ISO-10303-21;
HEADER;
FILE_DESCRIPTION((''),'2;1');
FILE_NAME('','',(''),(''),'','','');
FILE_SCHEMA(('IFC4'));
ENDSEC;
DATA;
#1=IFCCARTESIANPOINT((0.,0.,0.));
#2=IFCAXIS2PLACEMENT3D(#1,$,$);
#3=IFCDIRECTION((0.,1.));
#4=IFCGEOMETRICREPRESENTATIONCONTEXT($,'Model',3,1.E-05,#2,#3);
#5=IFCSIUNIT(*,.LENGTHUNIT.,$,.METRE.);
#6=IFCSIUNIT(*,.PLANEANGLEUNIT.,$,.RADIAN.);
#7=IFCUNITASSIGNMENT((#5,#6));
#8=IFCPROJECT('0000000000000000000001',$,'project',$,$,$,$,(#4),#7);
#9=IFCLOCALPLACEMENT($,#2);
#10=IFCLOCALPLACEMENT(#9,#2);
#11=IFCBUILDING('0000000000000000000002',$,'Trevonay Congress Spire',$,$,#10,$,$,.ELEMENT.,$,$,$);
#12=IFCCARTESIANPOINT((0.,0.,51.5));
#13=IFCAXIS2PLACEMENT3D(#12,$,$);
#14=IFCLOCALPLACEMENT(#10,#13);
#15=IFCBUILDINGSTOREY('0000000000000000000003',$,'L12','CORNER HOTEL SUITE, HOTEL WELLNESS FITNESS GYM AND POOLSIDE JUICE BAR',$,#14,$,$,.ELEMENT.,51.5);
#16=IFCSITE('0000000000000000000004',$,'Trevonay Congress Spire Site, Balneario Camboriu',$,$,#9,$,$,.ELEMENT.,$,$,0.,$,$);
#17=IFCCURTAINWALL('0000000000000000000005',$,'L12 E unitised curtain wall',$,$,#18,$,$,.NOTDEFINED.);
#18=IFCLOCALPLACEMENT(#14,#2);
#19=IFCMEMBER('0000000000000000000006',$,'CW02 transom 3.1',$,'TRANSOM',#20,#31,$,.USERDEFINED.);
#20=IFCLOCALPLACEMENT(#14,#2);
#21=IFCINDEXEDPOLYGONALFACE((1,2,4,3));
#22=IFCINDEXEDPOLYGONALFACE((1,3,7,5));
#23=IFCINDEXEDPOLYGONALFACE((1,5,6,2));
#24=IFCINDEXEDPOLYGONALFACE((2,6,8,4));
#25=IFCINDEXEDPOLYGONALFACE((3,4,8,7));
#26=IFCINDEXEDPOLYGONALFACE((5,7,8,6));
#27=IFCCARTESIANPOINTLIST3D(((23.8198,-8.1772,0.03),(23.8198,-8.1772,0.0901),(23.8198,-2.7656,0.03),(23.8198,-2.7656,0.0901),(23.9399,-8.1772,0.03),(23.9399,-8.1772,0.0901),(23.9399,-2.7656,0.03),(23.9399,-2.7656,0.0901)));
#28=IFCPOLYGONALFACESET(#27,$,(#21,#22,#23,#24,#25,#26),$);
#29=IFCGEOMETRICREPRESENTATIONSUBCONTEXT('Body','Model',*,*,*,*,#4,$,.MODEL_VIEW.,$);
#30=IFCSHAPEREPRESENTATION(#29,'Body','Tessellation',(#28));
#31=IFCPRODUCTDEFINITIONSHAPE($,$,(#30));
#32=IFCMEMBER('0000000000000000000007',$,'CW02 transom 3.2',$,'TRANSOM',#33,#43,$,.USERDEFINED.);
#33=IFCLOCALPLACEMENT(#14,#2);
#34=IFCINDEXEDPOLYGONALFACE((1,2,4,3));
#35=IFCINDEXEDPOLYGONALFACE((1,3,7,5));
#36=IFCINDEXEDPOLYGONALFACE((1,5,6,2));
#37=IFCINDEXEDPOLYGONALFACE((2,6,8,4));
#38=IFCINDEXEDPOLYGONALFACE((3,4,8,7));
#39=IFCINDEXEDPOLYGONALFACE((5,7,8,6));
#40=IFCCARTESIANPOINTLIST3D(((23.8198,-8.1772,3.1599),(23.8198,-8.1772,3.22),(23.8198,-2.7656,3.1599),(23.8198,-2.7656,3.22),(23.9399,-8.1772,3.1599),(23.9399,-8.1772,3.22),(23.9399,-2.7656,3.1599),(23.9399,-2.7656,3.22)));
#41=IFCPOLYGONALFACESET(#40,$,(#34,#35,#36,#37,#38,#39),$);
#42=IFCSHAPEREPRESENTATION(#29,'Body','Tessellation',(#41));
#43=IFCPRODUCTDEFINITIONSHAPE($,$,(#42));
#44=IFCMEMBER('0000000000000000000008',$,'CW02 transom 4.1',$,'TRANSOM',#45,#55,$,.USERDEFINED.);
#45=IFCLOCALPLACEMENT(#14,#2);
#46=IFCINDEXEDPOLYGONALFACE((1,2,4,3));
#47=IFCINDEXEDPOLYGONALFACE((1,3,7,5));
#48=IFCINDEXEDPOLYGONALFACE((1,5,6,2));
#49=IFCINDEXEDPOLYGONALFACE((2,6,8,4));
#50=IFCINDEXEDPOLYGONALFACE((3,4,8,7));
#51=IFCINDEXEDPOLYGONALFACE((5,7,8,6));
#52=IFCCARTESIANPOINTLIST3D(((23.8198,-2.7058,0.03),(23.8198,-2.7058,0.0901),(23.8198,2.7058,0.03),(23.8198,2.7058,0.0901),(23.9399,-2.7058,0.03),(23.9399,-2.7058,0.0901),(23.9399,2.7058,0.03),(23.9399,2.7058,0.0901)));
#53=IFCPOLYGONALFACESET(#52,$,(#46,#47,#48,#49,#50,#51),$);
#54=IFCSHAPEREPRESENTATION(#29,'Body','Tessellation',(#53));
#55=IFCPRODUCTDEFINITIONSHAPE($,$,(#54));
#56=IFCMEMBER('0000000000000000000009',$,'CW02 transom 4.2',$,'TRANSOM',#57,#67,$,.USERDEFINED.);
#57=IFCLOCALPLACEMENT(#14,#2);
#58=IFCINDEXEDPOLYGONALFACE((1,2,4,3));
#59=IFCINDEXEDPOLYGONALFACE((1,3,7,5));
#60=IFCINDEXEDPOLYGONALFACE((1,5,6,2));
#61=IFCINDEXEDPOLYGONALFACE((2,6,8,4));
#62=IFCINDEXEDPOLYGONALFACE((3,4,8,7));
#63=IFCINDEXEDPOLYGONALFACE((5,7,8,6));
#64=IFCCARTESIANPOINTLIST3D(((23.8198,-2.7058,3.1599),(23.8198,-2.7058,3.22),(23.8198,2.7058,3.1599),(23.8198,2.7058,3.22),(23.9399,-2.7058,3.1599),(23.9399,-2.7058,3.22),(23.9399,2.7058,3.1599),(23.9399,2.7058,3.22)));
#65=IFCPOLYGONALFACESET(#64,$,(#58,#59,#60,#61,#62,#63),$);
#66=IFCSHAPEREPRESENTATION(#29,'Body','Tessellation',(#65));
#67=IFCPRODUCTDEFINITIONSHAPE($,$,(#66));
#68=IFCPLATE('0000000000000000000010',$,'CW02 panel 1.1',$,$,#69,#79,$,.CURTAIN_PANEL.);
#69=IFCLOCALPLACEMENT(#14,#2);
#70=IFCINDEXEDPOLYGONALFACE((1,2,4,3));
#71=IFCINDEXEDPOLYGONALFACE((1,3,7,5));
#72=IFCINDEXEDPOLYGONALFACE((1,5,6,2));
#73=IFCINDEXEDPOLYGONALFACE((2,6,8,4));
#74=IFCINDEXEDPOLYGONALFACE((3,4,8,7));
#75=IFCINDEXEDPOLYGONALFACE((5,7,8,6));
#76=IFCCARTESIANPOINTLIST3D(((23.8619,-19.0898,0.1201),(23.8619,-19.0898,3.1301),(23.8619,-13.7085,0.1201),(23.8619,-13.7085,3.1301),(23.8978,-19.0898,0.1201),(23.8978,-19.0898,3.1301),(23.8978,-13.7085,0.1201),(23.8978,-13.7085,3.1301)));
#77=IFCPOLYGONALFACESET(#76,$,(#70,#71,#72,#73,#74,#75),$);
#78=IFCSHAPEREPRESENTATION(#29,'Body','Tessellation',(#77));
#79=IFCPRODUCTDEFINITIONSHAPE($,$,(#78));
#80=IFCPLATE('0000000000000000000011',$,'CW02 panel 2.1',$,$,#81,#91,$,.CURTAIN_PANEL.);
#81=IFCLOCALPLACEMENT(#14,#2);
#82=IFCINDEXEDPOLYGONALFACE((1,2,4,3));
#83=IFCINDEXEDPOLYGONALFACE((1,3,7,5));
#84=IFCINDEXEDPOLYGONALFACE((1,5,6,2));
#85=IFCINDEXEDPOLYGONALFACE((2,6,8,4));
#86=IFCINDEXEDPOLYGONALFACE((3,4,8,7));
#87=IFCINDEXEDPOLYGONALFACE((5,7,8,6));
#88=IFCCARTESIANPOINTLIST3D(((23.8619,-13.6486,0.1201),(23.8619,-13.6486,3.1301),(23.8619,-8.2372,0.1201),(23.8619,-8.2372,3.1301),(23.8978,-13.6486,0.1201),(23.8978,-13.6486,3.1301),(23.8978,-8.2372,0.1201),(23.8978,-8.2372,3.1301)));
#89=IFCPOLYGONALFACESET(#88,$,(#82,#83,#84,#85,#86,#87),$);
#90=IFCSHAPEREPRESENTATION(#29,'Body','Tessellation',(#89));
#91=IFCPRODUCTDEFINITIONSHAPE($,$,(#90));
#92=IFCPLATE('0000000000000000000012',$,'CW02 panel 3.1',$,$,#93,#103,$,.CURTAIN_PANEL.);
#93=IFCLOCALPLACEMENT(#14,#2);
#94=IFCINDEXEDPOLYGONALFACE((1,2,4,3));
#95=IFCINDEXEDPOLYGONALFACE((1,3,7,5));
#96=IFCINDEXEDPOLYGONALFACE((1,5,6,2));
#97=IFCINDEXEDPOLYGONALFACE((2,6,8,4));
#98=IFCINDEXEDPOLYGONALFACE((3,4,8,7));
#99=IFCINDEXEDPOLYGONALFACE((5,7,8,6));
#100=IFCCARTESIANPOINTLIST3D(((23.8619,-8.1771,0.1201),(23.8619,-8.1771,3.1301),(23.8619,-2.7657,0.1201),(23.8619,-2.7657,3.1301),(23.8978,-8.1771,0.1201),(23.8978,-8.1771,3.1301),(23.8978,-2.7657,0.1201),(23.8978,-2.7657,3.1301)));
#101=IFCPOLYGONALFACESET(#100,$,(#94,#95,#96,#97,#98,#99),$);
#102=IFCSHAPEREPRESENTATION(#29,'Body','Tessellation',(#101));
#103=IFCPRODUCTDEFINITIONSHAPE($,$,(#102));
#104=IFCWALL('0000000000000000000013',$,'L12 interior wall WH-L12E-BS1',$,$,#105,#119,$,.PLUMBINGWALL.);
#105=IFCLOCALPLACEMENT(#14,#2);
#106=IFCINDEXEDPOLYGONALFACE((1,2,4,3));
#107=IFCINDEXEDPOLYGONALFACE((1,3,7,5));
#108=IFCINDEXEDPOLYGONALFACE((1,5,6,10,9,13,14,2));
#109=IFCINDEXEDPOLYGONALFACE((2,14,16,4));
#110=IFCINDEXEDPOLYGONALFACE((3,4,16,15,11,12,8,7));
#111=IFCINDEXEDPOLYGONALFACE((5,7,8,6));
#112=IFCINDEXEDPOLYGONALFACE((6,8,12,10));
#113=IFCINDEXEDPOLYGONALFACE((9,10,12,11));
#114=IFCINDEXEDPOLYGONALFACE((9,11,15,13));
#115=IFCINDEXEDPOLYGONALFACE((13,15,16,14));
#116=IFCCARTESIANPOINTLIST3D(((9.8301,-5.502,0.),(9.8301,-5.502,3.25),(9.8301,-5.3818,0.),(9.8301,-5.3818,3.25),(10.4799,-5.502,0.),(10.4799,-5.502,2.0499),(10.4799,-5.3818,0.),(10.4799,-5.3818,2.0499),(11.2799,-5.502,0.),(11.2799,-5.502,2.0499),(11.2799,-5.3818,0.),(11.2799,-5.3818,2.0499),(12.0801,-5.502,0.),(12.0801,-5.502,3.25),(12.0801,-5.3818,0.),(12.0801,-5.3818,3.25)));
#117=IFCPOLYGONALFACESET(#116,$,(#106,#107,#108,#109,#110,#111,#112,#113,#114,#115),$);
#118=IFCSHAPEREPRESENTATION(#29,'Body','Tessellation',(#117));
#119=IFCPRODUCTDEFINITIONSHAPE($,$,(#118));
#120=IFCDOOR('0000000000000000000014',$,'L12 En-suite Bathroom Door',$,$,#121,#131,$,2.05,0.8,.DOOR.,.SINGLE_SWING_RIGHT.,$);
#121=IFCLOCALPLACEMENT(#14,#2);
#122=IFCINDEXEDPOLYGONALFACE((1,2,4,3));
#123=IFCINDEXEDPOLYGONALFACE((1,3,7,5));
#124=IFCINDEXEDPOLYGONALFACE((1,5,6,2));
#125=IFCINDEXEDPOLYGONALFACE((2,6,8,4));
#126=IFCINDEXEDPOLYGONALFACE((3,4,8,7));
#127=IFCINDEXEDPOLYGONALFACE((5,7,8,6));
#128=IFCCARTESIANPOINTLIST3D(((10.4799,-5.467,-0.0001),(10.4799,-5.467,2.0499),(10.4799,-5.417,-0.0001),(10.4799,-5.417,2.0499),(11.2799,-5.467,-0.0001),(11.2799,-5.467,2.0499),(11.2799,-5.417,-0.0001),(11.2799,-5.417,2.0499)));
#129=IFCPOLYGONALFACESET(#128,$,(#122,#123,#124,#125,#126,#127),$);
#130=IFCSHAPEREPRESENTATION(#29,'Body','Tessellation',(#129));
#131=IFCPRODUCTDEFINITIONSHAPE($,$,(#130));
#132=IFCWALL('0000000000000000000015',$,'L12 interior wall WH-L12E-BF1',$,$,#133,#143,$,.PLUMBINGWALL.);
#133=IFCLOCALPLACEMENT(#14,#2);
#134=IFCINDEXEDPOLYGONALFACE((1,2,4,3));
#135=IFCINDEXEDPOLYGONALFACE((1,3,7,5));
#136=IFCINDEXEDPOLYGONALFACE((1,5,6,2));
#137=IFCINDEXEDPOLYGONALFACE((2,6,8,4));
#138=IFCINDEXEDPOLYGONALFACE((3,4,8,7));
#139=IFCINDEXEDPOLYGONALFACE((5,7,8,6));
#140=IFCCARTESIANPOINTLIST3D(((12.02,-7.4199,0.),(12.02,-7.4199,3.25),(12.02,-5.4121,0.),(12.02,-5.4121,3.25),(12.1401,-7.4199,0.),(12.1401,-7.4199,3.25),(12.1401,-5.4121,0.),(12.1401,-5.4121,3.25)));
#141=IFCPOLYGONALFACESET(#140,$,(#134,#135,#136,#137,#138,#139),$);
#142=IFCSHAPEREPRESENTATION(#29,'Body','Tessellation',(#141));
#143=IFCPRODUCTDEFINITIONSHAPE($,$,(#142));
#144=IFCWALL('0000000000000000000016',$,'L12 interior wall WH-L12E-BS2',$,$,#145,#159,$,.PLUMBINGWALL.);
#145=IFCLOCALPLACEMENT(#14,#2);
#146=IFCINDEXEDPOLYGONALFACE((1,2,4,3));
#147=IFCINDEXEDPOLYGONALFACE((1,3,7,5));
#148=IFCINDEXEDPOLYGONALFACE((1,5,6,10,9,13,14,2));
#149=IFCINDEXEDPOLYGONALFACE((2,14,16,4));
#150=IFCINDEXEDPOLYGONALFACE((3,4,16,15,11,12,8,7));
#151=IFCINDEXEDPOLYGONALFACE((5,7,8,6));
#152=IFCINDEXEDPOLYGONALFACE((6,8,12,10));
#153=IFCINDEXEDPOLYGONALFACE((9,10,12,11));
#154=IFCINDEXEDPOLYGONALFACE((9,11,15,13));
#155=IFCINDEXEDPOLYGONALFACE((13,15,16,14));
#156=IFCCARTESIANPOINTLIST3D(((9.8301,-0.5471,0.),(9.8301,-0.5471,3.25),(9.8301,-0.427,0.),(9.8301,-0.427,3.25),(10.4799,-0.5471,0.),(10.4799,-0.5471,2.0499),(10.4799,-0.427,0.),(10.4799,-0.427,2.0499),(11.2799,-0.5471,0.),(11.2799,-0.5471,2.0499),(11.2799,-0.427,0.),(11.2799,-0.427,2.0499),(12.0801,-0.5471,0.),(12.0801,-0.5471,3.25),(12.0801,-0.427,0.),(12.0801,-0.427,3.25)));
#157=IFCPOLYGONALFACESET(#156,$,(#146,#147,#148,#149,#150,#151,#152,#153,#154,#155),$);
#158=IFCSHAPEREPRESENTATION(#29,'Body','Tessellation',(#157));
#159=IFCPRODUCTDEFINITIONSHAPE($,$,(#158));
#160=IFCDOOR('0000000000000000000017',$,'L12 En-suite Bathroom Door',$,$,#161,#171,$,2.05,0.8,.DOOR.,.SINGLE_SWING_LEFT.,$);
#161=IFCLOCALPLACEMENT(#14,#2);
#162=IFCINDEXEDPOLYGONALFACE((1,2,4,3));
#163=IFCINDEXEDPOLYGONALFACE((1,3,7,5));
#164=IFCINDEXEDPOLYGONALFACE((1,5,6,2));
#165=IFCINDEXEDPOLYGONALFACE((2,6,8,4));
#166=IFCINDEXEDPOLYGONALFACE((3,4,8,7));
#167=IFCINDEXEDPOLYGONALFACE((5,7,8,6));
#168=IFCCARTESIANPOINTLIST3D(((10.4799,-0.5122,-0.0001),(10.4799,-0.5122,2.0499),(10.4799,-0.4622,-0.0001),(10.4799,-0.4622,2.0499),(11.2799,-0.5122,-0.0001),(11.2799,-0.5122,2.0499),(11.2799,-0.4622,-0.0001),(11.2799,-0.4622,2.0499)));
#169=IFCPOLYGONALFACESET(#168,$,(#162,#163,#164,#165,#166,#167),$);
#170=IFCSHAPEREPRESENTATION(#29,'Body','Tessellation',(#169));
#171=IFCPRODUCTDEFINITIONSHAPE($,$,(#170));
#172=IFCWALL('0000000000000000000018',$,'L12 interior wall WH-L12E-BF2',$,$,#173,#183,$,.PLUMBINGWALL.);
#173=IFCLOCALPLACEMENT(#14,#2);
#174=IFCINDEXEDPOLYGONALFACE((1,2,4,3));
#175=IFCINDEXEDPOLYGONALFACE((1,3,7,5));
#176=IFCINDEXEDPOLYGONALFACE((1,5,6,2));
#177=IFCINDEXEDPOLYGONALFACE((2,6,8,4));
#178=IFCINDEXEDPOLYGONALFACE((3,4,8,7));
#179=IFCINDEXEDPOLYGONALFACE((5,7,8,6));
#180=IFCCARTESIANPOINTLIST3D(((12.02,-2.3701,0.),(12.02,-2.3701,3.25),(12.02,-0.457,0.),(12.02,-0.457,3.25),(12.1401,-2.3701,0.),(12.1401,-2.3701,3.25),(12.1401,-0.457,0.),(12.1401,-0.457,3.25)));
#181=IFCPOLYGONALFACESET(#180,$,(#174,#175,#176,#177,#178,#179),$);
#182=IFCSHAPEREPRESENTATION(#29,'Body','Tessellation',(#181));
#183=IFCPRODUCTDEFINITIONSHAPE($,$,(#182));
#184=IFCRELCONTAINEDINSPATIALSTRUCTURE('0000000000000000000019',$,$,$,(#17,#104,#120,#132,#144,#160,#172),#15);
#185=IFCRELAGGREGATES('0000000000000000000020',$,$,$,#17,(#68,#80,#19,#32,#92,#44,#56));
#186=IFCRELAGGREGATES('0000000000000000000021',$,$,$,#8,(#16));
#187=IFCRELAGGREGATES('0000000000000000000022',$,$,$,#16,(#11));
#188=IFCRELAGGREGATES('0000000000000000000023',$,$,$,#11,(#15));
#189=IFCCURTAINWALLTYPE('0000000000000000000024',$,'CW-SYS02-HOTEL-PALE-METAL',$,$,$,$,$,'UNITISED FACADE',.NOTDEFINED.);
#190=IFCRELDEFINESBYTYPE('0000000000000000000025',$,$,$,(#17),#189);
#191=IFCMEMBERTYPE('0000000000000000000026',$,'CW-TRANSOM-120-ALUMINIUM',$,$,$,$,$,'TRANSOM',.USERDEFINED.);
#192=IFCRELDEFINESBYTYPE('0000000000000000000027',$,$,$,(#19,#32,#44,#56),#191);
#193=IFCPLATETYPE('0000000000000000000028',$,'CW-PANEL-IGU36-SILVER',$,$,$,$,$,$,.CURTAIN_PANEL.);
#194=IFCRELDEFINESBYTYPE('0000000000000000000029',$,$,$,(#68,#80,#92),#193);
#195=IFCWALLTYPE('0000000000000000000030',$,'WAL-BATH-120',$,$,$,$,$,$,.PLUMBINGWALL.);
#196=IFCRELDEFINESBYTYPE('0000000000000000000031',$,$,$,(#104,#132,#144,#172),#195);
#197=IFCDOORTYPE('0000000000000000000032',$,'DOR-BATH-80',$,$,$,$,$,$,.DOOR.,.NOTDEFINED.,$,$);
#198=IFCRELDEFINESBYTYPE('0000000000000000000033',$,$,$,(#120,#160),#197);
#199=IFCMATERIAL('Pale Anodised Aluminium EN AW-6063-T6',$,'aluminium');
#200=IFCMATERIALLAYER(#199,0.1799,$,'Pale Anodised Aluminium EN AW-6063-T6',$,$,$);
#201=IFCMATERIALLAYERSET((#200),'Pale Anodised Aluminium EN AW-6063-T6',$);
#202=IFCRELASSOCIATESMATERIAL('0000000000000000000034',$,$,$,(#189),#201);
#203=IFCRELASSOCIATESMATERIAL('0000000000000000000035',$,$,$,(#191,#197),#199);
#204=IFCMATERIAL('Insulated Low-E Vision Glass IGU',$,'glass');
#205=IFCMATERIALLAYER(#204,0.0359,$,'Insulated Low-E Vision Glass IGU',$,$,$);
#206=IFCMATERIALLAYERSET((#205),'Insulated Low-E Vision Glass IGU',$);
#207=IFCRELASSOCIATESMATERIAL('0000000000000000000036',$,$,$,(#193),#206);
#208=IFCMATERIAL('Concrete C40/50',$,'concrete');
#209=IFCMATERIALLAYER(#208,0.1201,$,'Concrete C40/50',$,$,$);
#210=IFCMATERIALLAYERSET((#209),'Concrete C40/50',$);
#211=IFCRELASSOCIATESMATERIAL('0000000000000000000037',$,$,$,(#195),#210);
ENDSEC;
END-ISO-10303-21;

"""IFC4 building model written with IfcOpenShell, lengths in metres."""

from ifc_helpers import new_model, si_unit, direction, frame, frame_2d, origin, origin_2d, place, context, subcontext, project, spatial, rectangle, extrude, material, layer, layer_set, material_profile, profile_set, type_object, element, fill, aggregate, save


model = new_model("IFC4")

# Units and contexts
model_context = context("Model", 3, precision=1e-05, world=origin(), true_north=direction((0.0, 1.0)))
body_context = subcontext(model_context, "Body", "Model", "MODEL_VIEW")
ifc_project = project(units=[si_unit("LENGTHUNIT", "METRE"), si_unit("PLANEANGLEUNIT", "RADIAN")], contexts=[model_context])

# Site, building, storey
site_placement = place(None, origin())
site = spatial("IfcSite", under=ifc_project, at=site_placement, Name="Trevonay Congress Spire Site, Balneario Camboriu", CompositionType="ELEMENT", RefElevation=0.0)
building_placement = place(site_placement, origin())
building = spatial("IfcBuilding", under=site, at=building_placement, Name="Trevonay Congress Spire", CompositionType="ELEMENT")
storey_placement = place(building_placement, frame((0.0, 0.0, 51.5)))
storey = spatial("IfcBuildingStorey", under=building, at=storey_placement, Name="L12", Description="CORNER HOTEL SUITE, HOTEL WELLNESS FITNESS GYM AND POOLSIDE JUICE BAR", CompositionType="ELEMENT", Elevation=51.5)

# Curtain wall, members, plates
ifc_material_1 = material(Name="Pale Anodised Aluminium EN AW-6063-T6", Category="aluminium")
ifc_layer_1 = layer(ifc_material_1, 0.1799, Name="Pale Anodised Aluminium EN AW-6063-T6")
ifc_layer_set_1 = layer_set([ifc_layer_1], Name="Pale Anodised Aluminium EN AW-6063-T6")
curtain_wall_type = type_object("IfcCurtainWallType", Name="CW-SYS02-HOTEL-PALE-METAL", ElementType="UNITISED FACADE", PredefinedType="NOTDEFINED", material=ifc_layer_set_1)
curtain_wall_placement = place(storey_placement, origin())
curtain_wall = element("IfcCurtainWall", 1, at=curtain_wall_placement, inside=storey, type_object=curtain_wall_type, Name="L12 E unitised curtain wall", PredefinedType="NOTDEFINED")
ifc_material_profile_1 = material_profile(ifc_material_1, rectangle(XDim=0.1201, YDim=0.0601, at=origin_2d()), Name="CW-TRANSOM-120-ALUMINIUM")
ifc_profile_set_1 = profile_set([ifc_material_profile_1], Name="Pale Anodised Aluminium EN AW-6063-T6")
member_type_1 = type_object("IfcMemberType", Name="CW-TRANSOM-120-ALUMINIUM", ElementType="TRANSOM", PredefinedType="USERDEFINED", material=ifc_profile_set_1)
member_1_placement = place(storey_placement, frame((23.8799, -8.1772, 0.0601), z_axis=(0.0, 1.0, 0.0), x_axis=(-1.0, 0.0, 0.0)))
member_1 = element("IfcMember", 2, at=member_1_placement, type_object=member_type_1, Name="CW02 transom 3.1", ObjectType="TRANSOM", PredefinedType="USERDEFINED", context=body_context, shape_type="SweptSolid", body=[
    extrude(rectangle(XDim=0.1201, YDim=0.0601, at=origin_2d()), origin(), (0.0, 0.0, 1.0), 5.4116),
])
member_2_placement = place(storey_placement, frame((23.8799, -8.1772, 3.1899), z_axis=(0.0, 1.0, 0.0), x_axis=(-1.0, 0.0, 0.0)))
member_2 = element("IfcMember", 3, at=member_2_placement, type_object=member_type_1, Name="CW02 transom 3.2", ObjectType="TRANSOM", PredefinedType="USERDEFINED", context=body_context, shape_type="SweptSolid", body=[
    extrude(rectangle(XDim=0.1201, YDim=0.0601, at=origin_2d()), origin(), (0.0, 0.0, 1.0), 5.4116),
])
member_3_placement = place(storey_placement, frame((23.8799, -2.7058, 0.0601), z_axis=(0.0, 1.0, 0.0), x_axis=(-1.0, 0.0, 0.0)))
member_3 = element("IfcMember", 4, at=member_3_placement, type_object=member_type_1, Name="CW02 transom 4.1", ObjectType="TRANSOM", PredefinedType="USERDEFINED", context=body_context, shape_type="SweptSolid", body=[
    extrude(rectangle(XDim=0.1201, YDim=0.0601, at=origin_2d()), origin(), (0.0, 0.0, 1.0), 5.4116),
])
member_4_placement = place(storey_placement, frame((23.8799, -2.7058, 3.1899), z_axis=(0.0, 1.0, 0.0), x_axis=(-1.0, 0.0, 0.0)))
member_4 = element("IfcMember", 5, at=member_4_placement, type_object=member_type_1, Name="CW02 transom 4.2", ObjectType="TRANSOM", PredefinedType="USERDEFINED", context=body_context, shape_type="SweptSolid", body=[
    extrude(rectangle(XDim=0.1201, YDim=0.0601, at=origin_2d()), origin(), (0.0, 0.0, 1.0), 5.4116),
])
ifc_material_2 = material(Name="Insulated Low-E Vision Glass IGU", Category="glass")
ifc_layer_2 = layer(ifc_material_2, 0.0359, Name="Insulated Low-E Vision Glass IGU")
ifc_layer_set_2 = layer_set([ifc_layer_2], Name="Insulated Low-E Vision Glass IGU")
plate_type = type_object("IfcPlateType", Name="CW-PANEL-IGU36-SILVER", PredefinedType="CURTAIN_PANEL", material=ifc_layer_set_2)
plate_1_placement = place(storey_placement, frame((23.8799, -16.3992, 0.1201), z_axis=(0.0, 0.0, 1.0), x_axis=(0.0, 1.0, 0.0)))
plate_1 = element("IfcPlate", 6, at=plate_1_placement, type_object=plate_type, Name="CW02 panel 1.1", PredefinedType="CURTAIN_PANEL", context=body_context, shape_type="SweptSolid", body=[
    extrude(rectangle(XDim=5.3813, YDim=0.0359, at=origin_2d()), origin(), (0.0, 0.0, 1.0), 3.01),
])
plate_2_placement = place(storey_placement, frame((23.8799, -10.9429, 0.1201), z_axis=(0.0, 0.0, 1.0), x_axis=(0.0, 1.0, 0.0)))
plate_2 = element("IfcPlate", 7, at=plate_2_placement, type_object=plate_type, Name="CW02 panel 2.1", PredefinedType="CURTAIN_PANEL", context=body_context, shape_type="SweptSolid", body=[
    extrude(rectangle(XDim=5.4114, YDim=0.0359, at=origin_2d()), origin(), (0.0, 0.0, 1.0), 3.01),
])
plate_3_placement = place(storey_placement, frame((23.8799, -5.4714, 0.1201), z_axis=(0.0, 0.0, 1.0), x_axis=(0.0, 1.0, 0.0)))
plate_3 = element("IfcPlate", 8, at=plate_3_placement, type_object=plate_type, Name="CW02 panel 3.1", PredefinedType="CURTAIN_PANEL", context=body_context, shape_type="SweptSolid", body=[
    extrude(rectangle(XDim=5.4114, YDim=0.0359, at=origin_2d()), origin(), (0.0, 0.0, 1.0), 3.01),
])
aggregate(curtain_wall, [plate_1, plate_2, member_1, member_2, plate_3, member_3, member_4])

# Wall, opening, door
ifc_material_3 = material(Name="Concrete C40/50", Category="concrete")
ifc_layer_3 = layer(ifc_material_3, 0.1201, Name="Concrete C40/50")
ifc_layer_set_3 = layer_set([ifc_layer_3], Name="Concrete C40/50")
wall_type_1 = type_object("IfcWallType", Name="WAL-BATH-120", PredefinedType="PLUMBINGWALL", material=ifc_layer_set_3)
wall_1_placement = place(storey_placement, frame((9.8301, -5.4419, 0.0), z_axis=(0.0, 0.0, 1.0), x_axis=(1.0, 0.0, 0.0)))
wall_1 = element("IfcWall", 9, at=wall_1_placement, inside=storey, type_object=wall_type_1, Name="L12 interior wall WH-L12E-BS1", PredefinedType="PLUMBINGWALL", context=body_context, shape_type="SweptSolid", body=[
    extrude(rectangle(XDim=2.25, YDim=0.1201, at=frame_2d((1.125, 0.0))), origin(), (0.0, 0.0, 1.0), 3.25),
])
opening_1_placement = place(wall_1_placement, frame((0.6499, 0.0, 0.0)))
opening_1 = element("IfcOpeningElement", 10, at=opening_1_placement, cuts=wall_1, PredefinedType="OPENING", context=body_context, shape_type="SweptSolid", body=[
    extrude(rectangle(XDim=0.8, YDim=2.05, at=frame_2d((0.3999, 1.0249))), frame((0.0, 0.0701, 0.0), z_axis=(0.0, -1.0, 0.0), x_axis=(1.0, 0.0, 0.0)), (0.0, 0.0, 1.0), 0.1401),
])
door_type_1 = type_object("IfcDoorType", Name="DOR-BATH-80", OperationType="NOTDEFINED", PredefinedType="DOOR", material=ifc_material_1)
door_1_placement = place(opening_1_placement, origin())
door_1 = element("IfcDoor", 11, at=door_1_placement, inside=storey, type_object=door_type_1, Name="L12 En-suite Bathroom Door", OperationType="SINGLE_SWING_RIGHT", OverallHeight=2.05, OverallWidth=0.8, PredefinedType="DOOR", context=body_context, shape_type="SweptSolid", body=[
    extrude(rectangle(XDim=0.8, YDim=2.05, at=frame_2d((0.3999, 1.0249))), frame((0.0, 0.0249, 0.0), z_axis=(0.0, -1.0, 0.0), x_axis=(1.0, 0.0, 0.0)), (0.0, 0.0, 1.0), 0.05),
])
fill(opening_1, door_1)

# Wall
wall_2_placement = place(storey_placement, frame((12.0801, -7.4199, 0.0), z_axis=(0.0, 0.0, 1.0), x_axis=(0.0, 1.0, 0.0)))
element("IfcWall", 12, at=wall_2_placement, inside=storey, type_object=wall_type_1, Name="L12 interior wall WH-L12E-BF1", PredefinedType="PLUMBINGWALL", context=body_context, shape_type="SweptSolid", body=[
    extrude(rectangle(XDim=2.0078, YDim=0.1201, at=frame_2d((1.0039, 0.0))), origin(), (0.0, 0.0, 1.0), 3.25),
])

# Wall, opening, door
wall_3_placement = place(storey_placement, frame((9.8301, -0.4871, 0.0), z_axis=(0.0, 0.0, 1.0), x_axis=(1.0, 0.0, 0.0)))
wall_3 = element("IfcWall", 13, at=wall_3_placement, inside=storey, type_object=wall_type_1, Name="L12 interior wall WH-L12E-BS2", PredefinedType="PLUMBINGWALL", context=body_context, shape_type="SweptSolid", body=[
    extrude(rectangle(XDim=2.25, YDim=0.1201, at=frame_2d((1.125, 0.0))), origin(), (0.0, 0.0, 1.0), 3.25),
])
opening_2_placement = place(wall_3_placement, frame((0.6499, 0.0, 0.0)))
opening_2 = element("IfcOpeningElement", 14, at=opening_2_placement, cuts=wall_3, PredefinedType="OPENING", context=body_context, shape_type="SweptSolid", body=[
    extrude(rectangle(XDim=0.8, YDim=2.05, at=frame_2d((0.3999, 1.0249))), frame((0.0, 0.0701, 0.0), z_axis=(0.0, -1.0, 0.0), x_axis=(1.0, 0.0, 0.0)), (0.0, 0.0, 1.0), 0.1401),
])
door_2_placement = place(opening_2_placement, origin())
door_2 = element("IfcDoor", 15, at=door_2_placement, inside=storey, type_object=door_type_1, Name="L12 En-suite Bathroom Door", OperationType="SINGLE_SWING_LEFT", OverallHeight=2.05, OverallWidth=0.8, PredefinedType="DOOR", context=body_context, shape_type="SweptSolid", body=[
    extrude(rectangle(XDim=0.8, YDim=2.05, at=frame_2d((0.3999, 1.0249))), frame((0.0, 0.0249, 0.0), z_axis=(0.0, -1.0, 0.0), x_axis=(1.0, 0.0, 0.0)), (0.0, 0.0, 1.0), 0.05),
])
fill(opening_2, door_2)

# Wall
wall_4_placement = place(storey_placement, frame((12.0801, -2.3701, 0.0), z_axis=(0.0, 0.0, 1.0), x_axis=(0.0, 1.0, 0.0)))
element("IfcWall", 16, at=wall_4_placement, inside=storey, type_object=wall_type_1, Name="L12 interior wall WH-L12E-BF2", PredefinedType="PLUMBINGWALL", context=body_context, shape_type="SweptSolid", body=[
    extrude(rectangle(XDim=1.9131, YDim=0.1201, at=frame_2d((0.9565, 0.0))), origin(), (0.0, 0.0, 1.0), 3.25),
])

save(model, "model.ifc")
